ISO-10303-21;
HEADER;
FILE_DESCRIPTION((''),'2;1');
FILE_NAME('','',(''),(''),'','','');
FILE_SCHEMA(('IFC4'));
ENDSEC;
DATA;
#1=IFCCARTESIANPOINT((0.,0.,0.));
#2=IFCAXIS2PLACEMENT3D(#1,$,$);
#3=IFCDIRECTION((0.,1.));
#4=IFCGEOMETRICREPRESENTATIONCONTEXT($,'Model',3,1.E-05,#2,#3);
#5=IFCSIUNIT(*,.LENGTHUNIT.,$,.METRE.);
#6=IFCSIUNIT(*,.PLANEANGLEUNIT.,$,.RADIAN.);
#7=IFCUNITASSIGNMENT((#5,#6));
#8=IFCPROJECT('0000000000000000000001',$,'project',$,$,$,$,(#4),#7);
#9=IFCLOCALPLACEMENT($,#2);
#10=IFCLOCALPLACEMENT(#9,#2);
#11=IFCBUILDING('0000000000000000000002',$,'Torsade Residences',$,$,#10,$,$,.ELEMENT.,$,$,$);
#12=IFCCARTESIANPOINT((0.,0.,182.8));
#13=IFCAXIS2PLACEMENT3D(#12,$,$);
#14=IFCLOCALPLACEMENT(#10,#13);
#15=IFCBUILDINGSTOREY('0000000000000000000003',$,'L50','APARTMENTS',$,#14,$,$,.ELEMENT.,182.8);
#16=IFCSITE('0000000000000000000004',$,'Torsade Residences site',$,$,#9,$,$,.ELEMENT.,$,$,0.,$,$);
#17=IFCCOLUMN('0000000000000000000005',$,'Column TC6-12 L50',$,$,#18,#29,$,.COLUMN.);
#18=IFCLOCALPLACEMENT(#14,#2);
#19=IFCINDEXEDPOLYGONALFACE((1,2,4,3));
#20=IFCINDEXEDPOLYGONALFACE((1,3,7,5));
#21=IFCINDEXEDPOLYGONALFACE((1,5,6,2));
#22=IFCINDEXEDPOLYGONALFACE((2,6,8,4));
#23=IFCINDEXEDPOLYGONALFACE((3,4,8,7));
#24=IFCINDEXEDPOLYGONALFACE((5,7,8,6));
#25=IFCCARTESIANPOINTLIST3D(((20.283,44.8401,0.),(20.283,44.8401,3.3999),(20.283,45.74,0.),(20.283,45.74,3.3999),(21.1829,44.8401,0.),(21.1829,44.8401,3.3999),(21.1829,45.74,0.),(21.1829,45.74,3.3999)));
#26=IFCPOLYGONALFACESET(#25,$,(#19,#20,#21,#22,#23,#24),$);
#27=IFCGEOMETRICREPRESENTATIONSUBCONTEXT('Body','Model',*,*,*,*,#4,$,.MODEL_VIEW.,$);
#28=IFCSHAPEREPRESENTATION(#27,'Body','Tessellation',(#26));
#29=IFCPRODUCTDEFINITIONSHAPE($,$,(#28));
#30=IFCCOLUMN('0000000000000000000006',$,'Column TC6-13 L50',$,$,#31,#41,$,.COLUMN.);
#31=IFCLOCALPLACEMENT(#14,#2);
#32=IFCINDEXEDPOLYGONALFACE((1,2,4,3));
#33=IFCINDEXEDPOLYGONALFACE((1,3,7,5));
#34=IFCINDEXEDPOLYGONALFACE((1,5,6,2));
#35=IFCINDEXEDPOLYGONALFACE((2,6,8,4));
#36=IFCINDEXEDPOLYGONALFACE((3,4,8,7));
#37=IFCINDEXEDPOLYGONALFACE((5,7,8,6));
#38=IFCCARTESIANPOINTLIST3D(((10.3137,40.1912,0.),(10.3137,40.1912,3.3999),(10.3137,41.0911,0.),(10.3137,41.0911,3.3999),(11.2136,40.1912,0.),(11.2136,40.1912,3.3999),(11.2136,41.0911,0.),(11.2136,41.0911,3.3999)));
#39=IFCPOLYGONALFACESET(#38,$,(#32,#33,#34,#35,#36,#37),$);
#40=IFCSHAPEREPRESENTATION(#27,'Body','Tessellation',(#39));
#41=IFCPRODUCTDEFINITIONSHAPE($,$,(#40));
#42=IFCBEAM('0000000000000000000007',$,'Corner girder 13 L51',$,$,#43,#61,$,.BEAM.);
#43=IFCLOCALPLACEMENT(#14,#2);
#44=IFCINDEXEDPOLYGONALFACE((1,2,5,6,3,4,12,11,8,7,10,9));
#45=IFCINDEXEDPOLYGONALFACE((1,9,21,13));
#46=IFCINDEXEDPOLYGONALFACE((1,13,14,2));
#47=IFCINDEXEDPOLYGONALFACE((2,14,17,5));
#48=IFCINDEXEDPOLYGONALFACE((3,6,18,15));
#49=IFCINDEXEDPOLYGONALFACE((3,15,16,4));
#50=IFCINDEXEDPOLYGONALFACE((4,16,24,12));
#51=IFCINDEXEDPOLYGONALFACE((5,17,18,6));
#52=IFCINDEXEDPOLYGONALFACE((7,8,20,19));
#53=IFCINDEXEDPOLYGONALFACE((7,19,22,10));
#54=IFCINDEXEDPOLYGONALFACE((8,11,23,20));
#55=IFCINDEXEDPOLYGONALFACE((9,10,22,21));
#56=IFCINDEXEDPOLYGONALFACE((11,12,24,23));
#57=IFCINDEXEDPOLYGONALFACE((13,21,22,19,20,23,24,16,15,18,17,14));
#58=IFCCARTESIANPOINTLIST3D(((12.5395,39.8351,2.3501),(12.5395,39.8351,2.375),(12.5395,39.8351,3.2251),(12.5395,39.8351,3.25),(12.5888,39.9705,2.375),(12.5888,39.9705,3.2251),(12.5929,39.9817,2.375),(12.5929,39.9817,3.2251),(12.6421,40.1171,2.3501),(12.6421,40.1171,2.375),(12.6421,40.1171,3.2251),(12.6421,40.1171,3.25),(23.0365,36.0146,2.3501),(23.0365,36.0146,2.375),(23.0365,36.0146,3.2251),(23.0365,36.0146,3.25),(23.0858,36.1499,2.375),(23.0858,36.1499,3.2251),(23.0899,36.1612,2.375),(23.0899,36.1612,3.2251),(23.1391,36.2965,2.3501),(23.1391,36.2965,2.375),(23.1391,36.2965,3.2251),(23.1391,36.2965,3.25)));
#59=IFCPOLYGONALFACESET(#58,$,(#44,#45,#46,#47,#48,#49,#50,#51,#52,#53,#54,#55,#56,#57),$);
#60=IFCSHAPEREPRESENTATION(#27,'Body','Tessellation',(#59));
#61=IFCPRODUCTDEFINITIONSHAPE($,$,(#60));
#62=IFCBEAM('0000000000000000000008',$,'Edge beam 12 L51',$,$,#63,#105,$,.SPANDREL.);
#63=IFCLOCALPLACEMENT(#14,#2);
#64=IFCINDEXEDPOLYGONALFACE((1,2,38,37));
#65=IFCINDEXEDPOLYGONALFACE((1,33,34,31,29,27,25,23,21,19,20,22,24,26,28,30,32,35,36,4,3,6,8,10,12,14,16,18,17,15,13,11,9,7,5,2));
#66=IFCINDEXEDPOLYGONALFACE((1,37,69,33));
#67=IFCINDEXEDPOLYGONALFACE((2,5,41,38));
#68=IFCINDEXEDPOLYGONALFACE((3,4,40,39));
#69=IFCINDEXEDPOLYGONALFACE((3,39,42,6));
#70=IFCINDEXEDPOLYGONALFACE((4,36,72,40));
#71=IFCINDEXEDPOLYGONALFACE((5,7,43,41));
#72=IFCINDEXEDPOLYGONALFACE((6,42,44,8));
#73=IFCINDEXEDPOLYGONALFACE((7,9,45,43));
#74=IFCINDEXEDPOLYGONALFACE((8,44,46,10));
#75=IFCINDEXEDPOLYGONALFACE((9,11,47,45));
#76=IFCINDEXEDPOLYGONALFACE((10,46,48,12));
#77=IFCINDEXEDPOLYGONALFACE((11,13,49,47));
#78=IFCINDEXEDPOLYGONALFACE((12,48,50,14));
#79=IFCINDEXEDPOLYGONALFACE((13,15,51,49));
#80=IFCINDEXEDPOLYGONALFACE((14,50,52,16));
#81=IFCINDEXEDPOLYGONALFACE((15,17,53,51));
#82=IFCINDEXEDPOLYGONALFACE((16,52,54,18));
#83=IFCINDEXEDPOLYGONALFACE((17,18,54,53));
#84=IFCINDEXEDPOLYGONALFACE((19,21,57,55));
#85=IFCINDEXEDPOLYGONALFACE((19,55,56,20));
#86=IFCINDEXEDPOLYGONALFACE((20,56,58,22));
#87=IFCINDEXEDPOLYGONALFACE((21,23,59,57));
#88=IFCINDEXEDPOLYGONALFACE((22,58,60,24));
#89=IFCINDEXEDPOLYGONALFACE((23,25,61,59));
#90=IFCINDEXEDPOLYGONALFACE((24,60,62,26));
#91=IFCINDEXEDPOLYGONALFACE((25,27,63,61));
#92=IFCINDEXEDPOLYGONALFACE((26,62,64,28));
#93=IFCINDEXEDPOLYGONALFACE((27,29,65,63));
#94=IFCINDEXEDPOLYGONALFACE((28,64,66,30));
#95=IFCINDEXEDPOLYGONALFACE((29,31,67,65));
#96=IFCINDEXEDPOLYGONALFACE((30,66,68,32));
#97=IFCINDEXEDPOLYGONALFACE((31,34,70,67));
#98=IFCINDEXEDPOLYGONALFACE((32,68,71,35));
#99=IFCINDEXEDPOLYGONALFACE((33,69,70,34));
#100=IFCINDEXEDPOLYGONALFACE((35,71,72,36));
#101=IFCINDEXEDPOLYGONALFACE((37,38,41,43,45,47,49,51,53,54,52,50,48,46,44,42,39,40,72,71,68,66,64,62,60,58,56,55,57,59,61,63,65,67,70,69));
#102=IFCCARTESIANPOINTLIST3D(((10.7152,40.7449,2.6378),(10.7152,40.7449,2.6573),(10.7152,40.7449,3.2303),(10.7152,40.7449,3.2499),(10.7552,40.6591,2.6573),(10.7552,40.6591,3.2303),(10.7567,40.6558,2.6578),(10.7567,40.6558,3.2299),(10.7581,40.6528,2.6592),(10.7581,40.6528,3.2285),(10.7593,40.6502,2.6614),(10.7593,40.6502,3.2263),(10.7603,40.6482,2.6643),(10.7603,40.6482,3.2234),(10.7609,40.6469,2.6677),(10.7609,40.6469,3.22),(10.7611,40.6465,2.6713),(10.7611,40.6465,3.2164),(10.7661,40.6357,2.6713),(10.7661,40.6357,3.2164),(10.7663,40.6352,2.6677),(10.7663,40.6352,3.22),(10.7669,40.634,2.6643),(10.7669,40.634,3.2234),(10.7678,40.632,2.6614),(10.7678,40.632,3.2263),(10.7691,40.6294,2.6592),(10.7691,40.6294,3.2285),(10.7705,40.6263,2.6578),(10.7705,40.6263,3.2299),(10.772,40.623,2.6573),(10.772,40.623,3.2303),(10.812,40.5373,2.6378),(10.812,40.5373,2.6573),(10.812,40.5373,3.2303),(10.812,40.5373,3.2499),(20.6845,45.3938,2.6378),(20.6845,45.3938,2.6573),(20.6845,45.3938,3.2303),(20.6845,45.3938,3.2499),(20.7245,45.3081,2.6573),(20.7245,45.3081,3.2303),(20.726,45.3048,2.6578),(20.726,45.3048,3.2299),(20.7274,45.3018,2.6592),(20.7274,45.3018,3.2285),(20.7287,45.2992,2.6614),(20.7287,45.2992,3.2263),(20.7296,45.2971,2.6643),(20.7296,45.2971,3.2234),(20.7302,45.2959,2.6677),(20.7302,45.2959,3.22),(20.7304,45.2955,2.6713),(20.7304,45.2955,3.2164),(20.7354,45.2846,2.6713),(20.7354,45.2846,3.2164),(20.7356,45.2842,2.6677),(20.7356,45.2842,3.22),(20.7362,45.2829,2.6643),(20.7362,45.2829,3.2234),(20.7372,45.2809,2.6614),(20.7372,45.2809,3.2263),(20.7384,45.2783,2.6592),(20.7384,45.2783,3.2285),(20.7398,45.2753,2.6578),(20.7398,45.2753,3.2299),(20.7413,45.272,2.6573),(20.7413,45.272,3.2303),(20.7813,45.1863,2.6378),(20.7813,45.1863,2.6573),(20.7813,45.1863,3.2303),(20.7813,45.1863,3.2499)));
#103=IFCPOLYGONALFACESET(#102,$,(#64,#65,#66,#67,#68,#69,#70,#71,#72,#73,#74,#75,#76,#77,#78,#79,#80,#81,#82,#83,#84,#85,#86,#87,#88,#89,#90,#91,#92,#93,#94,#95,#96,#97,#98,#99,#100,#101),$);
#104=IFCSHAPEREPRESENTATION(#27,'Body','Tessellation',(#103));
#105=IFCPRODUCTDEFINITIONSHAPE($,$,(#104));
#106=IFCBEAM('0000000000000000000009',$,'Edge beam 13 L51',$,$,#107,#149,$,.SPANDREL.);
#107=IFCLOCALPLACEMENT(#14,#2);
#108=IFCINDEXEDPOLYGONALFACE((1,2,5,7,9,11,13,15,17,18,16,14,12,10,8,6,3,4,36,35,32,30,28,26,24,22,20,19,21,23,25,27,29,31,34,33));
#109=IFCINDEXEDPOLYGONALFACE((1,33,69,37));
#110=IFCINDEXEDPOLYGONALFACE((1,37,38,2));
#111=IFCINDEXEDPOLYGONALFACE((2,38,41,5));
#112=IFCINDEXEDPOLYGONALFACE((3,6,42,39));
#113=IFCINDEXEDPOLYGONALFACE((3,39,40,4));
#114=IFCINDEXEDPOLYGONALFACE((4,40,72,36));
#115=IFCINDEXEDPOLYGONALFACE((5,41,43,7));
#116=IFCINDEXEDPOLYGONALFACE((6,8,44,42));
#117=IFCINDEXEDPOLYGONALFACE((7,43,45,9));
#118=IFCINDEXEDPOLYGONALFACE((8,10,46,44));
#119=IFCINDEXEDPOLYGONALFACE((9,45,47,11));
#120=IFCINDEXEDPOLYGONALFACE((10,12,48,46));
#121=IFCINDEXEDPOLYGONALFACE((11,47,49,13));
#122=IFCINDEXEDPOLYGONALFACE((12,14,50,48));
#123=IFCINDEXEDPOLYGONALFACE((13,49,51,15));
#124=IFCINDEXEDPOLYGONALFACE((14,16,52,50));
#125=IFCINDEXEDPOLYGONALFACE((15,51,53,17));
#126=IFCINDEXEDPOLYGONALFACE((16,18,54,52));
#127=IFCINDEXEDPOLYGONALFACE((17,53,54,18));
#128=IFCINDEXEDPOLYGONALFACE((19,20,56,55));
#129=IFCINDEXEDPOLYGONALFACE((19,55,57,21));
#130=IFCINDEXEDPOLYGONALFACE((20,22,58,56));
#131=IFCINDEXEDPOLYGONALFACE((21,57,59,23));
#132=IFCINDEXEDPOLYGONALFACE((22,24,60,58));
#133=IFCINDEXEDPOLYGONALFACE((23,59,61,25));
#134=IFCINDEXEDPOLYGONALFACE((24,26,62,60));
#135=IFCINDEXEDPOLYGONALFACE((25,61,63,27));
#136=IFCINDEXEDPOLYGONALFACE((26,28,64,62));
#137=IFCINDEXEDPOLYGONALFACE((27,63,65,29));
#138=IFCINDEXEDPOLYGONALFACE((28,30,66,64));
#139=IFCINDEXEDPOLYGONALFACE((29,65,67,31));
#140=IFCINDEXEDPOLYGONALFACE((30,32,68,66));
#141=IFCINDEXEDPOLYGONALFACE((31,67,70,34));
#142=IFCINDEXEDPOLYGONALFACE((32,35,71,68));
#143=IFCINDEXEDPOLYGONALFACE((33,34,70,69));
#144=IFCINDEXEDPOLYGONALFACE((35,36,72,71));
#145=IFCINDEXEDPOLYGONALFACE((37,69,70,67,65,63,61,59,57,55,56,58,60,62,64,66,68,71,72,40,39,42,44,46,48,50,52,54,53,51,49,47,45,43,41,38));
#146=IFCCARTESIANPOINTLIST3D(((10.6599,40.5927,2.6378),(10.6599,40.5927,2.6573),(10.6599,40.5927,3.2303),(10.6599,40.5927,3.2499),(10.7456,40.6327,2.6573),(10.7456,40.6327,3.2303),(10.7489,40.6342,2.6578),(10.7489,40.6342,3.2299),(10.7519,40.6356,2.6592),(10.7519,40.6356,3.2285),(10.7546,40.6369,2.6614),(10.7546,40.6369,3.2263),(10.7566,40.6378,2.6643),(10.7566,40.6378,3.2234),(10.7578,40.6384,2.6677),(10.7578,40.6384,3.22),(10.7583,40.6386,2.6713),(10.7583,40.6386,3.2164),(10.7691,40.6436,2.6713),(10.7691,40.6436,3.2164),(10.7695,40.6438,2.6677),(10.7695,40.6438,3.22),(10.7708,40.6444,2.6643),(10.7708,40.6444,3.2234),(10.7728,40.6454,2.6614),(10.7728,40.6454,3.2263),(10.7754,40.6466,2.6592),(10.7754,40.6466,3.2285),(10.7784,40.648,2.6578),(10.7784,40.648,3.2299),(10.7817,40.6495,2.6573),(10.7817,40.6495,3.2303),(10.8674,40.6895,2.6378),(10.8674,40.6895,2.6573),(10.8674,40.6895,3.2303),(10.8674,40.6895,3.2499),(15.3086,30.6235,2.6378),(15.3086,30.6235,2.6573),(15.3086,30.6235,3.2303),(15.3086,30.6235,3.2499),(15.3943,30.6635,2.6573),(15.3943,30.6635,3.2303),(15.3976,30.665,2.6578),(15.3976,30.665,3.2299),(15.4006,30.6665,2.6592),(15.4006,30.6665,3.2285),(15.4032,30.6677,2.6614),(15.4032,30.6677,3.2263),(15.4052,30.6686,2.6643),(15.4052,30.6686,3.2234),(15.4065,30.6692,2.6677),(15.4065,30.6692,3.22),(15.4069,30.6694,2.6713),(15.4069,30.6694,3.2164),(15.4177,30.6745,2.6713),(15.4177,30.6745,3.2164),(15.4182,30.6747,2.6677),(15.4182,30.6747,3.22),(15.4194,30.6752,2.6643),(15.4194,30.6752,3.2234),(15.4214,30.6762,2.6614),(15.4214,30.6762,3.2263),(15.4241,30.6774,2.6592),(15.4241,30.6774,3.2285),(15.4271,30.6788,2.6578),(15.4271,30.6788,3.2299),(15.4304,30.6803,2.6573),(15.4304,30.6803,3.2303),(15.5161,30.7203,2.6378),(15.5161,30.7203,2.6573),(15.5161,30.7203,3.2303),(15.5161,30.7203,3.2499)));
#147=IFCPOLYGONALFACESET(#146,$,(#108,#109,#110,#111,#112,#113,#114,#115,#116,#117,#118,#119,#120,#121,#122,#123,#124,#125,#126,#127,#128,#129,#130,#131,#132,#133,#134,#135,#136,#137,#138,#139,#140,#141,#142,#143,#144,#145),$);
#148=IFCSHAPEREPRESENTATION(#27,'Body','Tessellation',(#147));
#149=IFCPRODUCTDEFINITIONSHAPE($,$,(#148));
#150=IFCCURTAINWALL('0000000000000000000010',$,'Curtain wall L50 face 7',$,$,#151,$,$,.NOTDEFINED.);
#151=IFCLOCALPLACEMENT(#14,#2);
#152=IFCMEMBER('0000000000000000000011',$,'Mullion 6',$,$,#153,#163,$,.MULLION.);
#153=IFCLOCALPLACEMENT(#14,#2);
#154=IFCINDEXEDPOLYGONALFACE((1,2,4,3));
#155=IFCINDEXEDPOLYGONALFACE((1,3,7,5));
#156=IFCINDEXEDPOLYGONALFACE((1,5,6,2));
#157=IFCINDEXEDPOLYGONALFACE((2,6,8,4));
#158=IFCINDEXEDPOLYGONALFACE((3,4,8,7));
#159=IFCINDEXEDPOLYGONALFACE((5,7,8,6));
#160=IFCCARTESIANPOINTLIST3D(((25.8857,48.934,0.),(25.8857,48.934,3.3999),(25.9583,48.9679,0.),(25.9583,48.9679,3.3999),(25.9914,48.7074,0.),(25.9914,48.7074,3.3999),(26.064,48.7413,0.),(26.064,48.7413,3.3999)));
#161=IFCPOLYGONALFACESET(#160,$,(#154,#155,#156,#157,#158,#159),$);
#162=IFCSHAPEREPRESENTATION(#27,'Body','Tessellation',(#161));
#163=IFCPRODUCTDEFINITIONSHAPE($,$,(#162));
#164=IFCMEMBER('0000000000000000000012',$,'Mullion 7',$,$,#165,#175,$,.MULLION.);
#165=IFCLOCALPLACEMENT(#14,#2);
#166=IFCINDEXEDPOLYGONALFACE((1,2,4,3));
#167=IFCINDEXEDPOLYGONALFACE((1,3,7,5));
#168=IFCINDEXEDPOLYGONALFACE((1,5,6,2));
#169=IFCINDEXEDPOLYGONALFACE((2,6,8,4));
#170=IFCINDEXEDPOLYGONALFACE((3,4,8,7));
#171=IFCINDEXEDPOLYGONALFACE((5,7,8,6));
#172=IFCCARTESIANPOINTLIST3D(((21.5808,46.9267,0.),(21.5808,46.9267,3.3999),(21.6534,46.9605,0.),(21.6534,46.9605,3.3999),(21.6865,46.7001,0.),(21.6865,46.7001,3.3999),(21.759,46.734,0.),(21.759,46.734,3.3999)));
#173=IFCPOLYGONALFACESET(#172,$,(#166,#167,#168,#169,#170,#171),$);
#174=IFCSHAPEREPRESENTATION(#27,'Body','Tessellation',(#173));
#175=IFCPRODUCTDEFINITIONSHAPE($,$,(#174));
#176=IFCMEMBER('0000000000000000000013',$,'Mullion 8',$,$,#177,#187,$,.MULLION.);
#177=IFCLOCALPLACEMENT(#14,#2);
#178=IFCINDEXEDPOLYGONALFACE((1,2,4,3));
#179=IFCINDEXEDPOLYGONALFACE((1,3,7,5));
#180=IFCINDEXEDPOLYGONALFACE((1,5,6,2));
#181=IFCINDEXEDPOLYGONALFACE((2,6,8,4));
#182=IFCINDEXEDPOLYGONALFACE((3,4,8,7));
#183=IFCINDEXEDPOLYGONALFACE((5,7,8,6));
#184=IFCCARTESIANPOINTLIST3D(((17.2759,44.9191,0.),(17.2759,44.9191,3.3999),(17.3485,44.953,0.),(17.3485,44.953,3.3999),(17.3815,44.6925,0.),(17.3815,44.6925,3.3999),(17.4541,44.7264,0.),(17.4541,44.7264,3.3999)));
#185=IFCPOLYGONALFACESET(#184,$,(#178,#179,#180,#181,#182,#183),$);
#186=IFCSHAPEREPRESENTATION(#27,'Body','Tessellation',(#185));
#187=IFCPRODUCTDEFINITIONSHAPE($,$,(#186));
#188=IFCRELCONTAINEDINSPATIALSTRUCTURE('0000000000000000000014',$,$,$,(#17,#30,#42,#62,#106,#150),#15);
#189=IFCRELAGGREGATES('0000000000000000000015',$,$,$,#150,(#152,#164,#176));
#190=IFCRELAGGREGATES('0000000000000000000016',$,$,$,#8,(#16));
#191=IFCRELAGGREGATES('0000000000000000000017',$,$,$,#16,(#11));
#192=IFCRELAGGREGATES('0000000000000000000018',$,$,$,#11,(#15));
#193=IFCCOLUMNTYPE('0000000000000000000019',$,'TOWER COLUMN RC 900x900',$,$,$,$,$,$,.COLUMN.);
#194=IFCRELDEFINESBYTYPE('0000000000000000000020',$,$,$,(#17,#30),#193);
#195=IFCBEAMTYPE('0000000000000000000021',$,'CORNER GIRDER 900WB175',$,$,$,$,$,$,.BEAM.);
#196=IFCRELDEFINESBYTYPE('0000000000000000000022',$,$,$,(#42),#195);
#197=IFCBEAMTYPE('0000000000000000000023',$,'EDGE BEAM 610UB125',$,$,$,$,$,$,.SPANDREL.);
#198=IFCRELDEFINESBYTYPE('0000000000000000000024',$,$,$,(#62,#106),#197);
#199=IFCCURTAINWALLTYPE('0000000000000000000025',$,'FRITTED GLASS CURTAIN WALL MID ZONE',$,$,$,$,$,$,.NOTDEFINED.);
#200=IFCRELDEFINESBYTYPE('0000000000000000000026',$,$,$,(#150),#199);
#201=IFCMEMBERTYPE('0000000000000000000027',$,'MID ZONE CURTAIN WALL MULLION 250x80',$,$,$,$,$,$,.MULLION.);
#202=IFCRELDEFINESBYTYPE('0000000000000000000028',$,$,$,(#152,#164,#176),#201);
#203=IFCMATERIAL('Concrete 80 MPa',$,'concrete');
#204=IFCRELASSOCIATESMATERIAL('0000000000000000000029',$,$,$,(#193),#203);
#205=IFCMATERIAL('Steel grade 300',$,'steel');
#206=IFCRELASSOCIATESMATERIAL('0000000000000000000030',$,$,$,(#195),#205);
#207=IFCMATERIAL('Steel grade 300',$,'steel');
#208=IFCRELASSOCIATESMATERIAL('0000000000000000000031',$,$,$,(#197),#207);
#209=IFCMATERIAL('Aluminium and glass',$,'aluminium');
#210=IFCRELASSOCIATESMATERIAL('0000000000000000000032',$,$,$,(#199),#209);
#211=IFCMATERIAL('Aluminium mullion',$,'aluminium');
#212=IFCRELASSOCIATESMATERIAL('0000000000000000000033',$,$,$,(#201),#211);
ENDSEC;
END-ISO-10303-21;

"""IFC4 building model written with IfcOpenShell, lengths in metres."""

from ifc_helpers import new_model, si_unit, direction, frame, origin, origin_2d, place, context, subcontext, project, spatial, rectangle, i_section, extrude, material, material_profile, profile_set, type_object, element, aggregate, save


model = new_model("IFC4")

# Units and contexts
model_context = context("Model", 3, precision=1e-05, world=origin(), true_north=direction((0.0, 1.0)))
body_context = subcontext(model_context, "Body", "Model", "MODEL_VIEW")
ifc_project = project(units=[si_unit("LENGTHUNIT", "METRE"), si_unit("PLANEANGLEUNIT", "RADIAN")], contexts=[model_context])

# Site, building, storey
site_placement = place(None, origin())
site = spatial("IfcSite", under=ifc_project, at=site_placement, Name="Torsade Residences site", CompositionType="ELEMENT", RefElevation=0.0)
building_placement = place(site_placement, origin())
building = spatial("IfcBuilding", under=site, at=building_placement, Name="Torsade Residences", CompositionType="ELEMENT")
storey_placement = place(building_placement, frame((0.0, 0.0, 182.8)))
storey = spatial("IfcBuildingStorey", under=building, at=storey_placement, Name="L50", Description="APARTMENTS", CompositionType="ELEMENT", Elevation=182.8)

# Columns
ifc_material_1 = material(Name="Concrete 80 MPa", Category="concrete")
ifc_material_profile_1 = material_profile(ifc_material_1, rectangle(XDim=0.8999, YDim=0.8999, at=origin_2d()), Name="RC 900x900")
ifc_profile_set_1 = profile_set([ifc_material_profile_1], Name="Concrete 80 MPa")
column_type = type_object("IfcColumnType", Name="TOWER COLUMN RC 900x900", PredefinedType="COLUMN", material=ifc_profile_set_1)
for number, where, z_axis, x_axis, name in (
    (1, (20.7329, 45.29, 0.0), (0.0, 0.0, 1.0), (1.0, 0.0, 0.0), "Column TC6-12 L50"),
    (2, (10.7637, 40.6411, 0.0), (0.0, 0.0, 1.0), (1.0, 0.0, 0.0), "Column TC6-13 L50"),
):
    element("IfcColumn", number, at=place(storey_placement, frame(where, z_axis=z_axis, x_axis=x_axis)), inside=storey, type_object=column_type, Name=name, PredefinedType="COLUMN", context=body_context, shape_type="SweptSolid", body=[
        extrude(rectangle(XDim=0.8999, YDim=0.8999, at=origin_2d()), origin(), (0.0, 0.0, 1.0), 3.3999),
    ])

# Beams
ifc_material_2 = material(Name="Steel grade 300", Category="steel")
ifc_material_profile_2 = material_profile(ifc_material_2, i_section(OverallWidth=0.3, OverallDepth=0.8999, WebThickness=0.012, FlangeThickness=0.0249, at=origin_2d()), Name="900WB175")
ifc_profile_set_2 = profile_set([ifc_material_profile_2], Name="Steel grade 300")
beam_type_1 = type_object("IfcBeamType", Name="CORNER GIRDER 900WB175", PredefinedType="BEAM", material=ifc_profile_set_2)
beam_1_placement = place(storey_placement, frame((12.5908, 39.9761, 2.8), z_axis=(0.939694, -0.342015, 0.0), x_axis=(0.342015, 0.939694, 0.0)))
element("IfcBeam", 3, at=beam_1_placement, inside=storey, type_object=beam_type_1, Name="Corner girder 13 L51", PredefinedType="BEAM", context=body_context, shape_type="SweptSolid", body=[
    extrude(i_section(OverallWidth=0.3, OverallDepth=0.8999, WebThickness=0.012, FlangeThickness=0.0249, at=origin_2d()), origin(), (0.0, 0.0, 1.0), 11.1707),
])
ifc_material_3 = material(Name="Steel grade 300", Category="steel")
ifc_material_profile_3 = material_profile(ifc_material_3, i_section(OverallWidth=0.229, OverallDepth=0.6121, WebThickness=0.012, FlangeThickness=0.0195, FilletRadius=0.0139, at=origin_2d()), Name="610UB125")
ifc_profile_set_3 = profile_set([ifc_material_profile_3], Name="Steel grade 300")
beam_type_2 = type_object("IfcBeamType", Name="EDGE BEAM 610UB125", PredefinedType="SPANDREL", material=ifc_profile_set_3)
beam_2_placement = place(storey_placement, frame((20.7329, 45.29, 2.9438), z_axis=(-0.906301, -0.422633, 0.0), x_axis=(0.422633, -0.906301, 0.0)))
element("IfcBeam", 4, at=beam_2_placement, inside=storey, type_object=beam_type_2, Name="Edge beam 12 L51", PredefinedType="SPANDREL", context=body_context, shape_type="SweptSolid", body=[
    extrude(i_section(OverallWidth=0.229, OverallDepth=0.6121, WebThickness=0.012, FlangeThickness=0.0195, FilletRadius=0.0139, at=origin_2d()), origin(), (0.0, 0.0, 1.0), 11.0),
])
beam_3_placement = place(storey_placement, frame((10.7637, 40.6411, 2.9438), z_axis=(0.422614, -0.90631, 0.0), x_axis=(0.90631, 0.422614, 0.0)))
element("IfcBeam", 5, at=beam_3_placement, inside=storey, type_object=beam_type_2, Name="Edge beam 13 L51", PredefinedType="SPANDREL", context=body_context, shape_type="SweptSolid", body=[
    extrude(i_section(OverallWidth=0.229, OverallDepth=0.6121, WebThickness=0.012, FlangeThickness=0.0195, FilletRadius=0.0139, at=origin_2d()), origin(), (0.0, 0.0, 1.0), 10.9998),
])

# Curtain wall, members
ifc_material_4 = material(Name="Aluminium and glass", Category="aluminium")
curtain_wall_type = type_object("IfcCurtainWallType", Name="FRITTED GLASS CURTAIN WALL MID ZONE", PredefinedType="NOTDEFINED", material=ifc_material_4)
curtain_wall_placement = place(storey_placement, origin())
curtain_wall = element("IfcCurtainWall", 6, at=curtain_wall_placement, inside=storey, type_object=curtain_wall_type, Name="Curtain wall L50 face 7", PredefinedType="NOTDEFINED")
ifc_material_5 = material(Name="Aluminium mullion", Category="aluminium")
ifc_material_profile_4 = material_profile(ifc_material_5, rectangle(XDim=0.25, YDim=0.0801, at=origin_2d()), Name="MID ZONE CURTAIN WALL MULLION 250x80")
ifc_profile_set_4 = profile_set([ifc_material_profile_4], Name="Aluminium mullion")
member_type_1 = type_object("IfcMemberType", Name="MID ZONE CURTAIN WALL MULLION 250x80", PredefinedType="MULLION", material=ifc_profile_set_4)
member_1_placement = place(storey_placement, frame((25.9749, 48.8376, 0.0), z_axis=(0.0, 0.0, 1.0), x_axis=(0.422618, -0.906308, 0.0)))
member_1 = element("IfcMember", 7, at=member_1_placement, type_object=member_type_1, Name="Mullion 6", PredefinedType="MULLION", context=body_context, shape_type="SweptSolid", body=[
    extrude(rectangle(XDim=0.25, YDim=0.0801, at=origin_2d()), origin(), (0.0, 0.0, 1.0), 3.3999),
])
member_2_placement = place(storey_placement, frame((21.6699, 46.8303, 0.0), z_axis=(0.0, 0.0, 1.0), x_axis=(0.422618, -0.906308, 0.0)))
member_2 = element("IfcMember", 8, at=member_2_placement, type_object=member_type_1, Name="Mullion 7", PredefinedType="MULLION", context=body_context, shape_type="SweptSolid", body=[
    extrude(rectangle(XDim=0.25, YDim=0.0801, at=origin_2d()), origin(), (0.0, 0.0, 1.0), 3.3999),
])
member_3_placement = place(storey_placement, frame((17.365, 44.8228, 0.0), z_axis=(0.0, 0.0, 1.0), x_axis=(0.422618, -0.906308, 0.0)))
member_3 = element("IfcMember", 9, at=member_3_placement, type_object=member_type_1, Name="Mullion 8", PredefinedType="MULLION", context=body_context, shape_type="SweptSolid", body=[
    extrude(rectangle(XDim=0.25, YDim=0.0801, at=origin_2d()), origin(), (0.0, 0.0, 1.0), 3.3999),
])

aggregate(curtain_wall, [member_1, member_2, member_3])

save(model, "model.ifc")
